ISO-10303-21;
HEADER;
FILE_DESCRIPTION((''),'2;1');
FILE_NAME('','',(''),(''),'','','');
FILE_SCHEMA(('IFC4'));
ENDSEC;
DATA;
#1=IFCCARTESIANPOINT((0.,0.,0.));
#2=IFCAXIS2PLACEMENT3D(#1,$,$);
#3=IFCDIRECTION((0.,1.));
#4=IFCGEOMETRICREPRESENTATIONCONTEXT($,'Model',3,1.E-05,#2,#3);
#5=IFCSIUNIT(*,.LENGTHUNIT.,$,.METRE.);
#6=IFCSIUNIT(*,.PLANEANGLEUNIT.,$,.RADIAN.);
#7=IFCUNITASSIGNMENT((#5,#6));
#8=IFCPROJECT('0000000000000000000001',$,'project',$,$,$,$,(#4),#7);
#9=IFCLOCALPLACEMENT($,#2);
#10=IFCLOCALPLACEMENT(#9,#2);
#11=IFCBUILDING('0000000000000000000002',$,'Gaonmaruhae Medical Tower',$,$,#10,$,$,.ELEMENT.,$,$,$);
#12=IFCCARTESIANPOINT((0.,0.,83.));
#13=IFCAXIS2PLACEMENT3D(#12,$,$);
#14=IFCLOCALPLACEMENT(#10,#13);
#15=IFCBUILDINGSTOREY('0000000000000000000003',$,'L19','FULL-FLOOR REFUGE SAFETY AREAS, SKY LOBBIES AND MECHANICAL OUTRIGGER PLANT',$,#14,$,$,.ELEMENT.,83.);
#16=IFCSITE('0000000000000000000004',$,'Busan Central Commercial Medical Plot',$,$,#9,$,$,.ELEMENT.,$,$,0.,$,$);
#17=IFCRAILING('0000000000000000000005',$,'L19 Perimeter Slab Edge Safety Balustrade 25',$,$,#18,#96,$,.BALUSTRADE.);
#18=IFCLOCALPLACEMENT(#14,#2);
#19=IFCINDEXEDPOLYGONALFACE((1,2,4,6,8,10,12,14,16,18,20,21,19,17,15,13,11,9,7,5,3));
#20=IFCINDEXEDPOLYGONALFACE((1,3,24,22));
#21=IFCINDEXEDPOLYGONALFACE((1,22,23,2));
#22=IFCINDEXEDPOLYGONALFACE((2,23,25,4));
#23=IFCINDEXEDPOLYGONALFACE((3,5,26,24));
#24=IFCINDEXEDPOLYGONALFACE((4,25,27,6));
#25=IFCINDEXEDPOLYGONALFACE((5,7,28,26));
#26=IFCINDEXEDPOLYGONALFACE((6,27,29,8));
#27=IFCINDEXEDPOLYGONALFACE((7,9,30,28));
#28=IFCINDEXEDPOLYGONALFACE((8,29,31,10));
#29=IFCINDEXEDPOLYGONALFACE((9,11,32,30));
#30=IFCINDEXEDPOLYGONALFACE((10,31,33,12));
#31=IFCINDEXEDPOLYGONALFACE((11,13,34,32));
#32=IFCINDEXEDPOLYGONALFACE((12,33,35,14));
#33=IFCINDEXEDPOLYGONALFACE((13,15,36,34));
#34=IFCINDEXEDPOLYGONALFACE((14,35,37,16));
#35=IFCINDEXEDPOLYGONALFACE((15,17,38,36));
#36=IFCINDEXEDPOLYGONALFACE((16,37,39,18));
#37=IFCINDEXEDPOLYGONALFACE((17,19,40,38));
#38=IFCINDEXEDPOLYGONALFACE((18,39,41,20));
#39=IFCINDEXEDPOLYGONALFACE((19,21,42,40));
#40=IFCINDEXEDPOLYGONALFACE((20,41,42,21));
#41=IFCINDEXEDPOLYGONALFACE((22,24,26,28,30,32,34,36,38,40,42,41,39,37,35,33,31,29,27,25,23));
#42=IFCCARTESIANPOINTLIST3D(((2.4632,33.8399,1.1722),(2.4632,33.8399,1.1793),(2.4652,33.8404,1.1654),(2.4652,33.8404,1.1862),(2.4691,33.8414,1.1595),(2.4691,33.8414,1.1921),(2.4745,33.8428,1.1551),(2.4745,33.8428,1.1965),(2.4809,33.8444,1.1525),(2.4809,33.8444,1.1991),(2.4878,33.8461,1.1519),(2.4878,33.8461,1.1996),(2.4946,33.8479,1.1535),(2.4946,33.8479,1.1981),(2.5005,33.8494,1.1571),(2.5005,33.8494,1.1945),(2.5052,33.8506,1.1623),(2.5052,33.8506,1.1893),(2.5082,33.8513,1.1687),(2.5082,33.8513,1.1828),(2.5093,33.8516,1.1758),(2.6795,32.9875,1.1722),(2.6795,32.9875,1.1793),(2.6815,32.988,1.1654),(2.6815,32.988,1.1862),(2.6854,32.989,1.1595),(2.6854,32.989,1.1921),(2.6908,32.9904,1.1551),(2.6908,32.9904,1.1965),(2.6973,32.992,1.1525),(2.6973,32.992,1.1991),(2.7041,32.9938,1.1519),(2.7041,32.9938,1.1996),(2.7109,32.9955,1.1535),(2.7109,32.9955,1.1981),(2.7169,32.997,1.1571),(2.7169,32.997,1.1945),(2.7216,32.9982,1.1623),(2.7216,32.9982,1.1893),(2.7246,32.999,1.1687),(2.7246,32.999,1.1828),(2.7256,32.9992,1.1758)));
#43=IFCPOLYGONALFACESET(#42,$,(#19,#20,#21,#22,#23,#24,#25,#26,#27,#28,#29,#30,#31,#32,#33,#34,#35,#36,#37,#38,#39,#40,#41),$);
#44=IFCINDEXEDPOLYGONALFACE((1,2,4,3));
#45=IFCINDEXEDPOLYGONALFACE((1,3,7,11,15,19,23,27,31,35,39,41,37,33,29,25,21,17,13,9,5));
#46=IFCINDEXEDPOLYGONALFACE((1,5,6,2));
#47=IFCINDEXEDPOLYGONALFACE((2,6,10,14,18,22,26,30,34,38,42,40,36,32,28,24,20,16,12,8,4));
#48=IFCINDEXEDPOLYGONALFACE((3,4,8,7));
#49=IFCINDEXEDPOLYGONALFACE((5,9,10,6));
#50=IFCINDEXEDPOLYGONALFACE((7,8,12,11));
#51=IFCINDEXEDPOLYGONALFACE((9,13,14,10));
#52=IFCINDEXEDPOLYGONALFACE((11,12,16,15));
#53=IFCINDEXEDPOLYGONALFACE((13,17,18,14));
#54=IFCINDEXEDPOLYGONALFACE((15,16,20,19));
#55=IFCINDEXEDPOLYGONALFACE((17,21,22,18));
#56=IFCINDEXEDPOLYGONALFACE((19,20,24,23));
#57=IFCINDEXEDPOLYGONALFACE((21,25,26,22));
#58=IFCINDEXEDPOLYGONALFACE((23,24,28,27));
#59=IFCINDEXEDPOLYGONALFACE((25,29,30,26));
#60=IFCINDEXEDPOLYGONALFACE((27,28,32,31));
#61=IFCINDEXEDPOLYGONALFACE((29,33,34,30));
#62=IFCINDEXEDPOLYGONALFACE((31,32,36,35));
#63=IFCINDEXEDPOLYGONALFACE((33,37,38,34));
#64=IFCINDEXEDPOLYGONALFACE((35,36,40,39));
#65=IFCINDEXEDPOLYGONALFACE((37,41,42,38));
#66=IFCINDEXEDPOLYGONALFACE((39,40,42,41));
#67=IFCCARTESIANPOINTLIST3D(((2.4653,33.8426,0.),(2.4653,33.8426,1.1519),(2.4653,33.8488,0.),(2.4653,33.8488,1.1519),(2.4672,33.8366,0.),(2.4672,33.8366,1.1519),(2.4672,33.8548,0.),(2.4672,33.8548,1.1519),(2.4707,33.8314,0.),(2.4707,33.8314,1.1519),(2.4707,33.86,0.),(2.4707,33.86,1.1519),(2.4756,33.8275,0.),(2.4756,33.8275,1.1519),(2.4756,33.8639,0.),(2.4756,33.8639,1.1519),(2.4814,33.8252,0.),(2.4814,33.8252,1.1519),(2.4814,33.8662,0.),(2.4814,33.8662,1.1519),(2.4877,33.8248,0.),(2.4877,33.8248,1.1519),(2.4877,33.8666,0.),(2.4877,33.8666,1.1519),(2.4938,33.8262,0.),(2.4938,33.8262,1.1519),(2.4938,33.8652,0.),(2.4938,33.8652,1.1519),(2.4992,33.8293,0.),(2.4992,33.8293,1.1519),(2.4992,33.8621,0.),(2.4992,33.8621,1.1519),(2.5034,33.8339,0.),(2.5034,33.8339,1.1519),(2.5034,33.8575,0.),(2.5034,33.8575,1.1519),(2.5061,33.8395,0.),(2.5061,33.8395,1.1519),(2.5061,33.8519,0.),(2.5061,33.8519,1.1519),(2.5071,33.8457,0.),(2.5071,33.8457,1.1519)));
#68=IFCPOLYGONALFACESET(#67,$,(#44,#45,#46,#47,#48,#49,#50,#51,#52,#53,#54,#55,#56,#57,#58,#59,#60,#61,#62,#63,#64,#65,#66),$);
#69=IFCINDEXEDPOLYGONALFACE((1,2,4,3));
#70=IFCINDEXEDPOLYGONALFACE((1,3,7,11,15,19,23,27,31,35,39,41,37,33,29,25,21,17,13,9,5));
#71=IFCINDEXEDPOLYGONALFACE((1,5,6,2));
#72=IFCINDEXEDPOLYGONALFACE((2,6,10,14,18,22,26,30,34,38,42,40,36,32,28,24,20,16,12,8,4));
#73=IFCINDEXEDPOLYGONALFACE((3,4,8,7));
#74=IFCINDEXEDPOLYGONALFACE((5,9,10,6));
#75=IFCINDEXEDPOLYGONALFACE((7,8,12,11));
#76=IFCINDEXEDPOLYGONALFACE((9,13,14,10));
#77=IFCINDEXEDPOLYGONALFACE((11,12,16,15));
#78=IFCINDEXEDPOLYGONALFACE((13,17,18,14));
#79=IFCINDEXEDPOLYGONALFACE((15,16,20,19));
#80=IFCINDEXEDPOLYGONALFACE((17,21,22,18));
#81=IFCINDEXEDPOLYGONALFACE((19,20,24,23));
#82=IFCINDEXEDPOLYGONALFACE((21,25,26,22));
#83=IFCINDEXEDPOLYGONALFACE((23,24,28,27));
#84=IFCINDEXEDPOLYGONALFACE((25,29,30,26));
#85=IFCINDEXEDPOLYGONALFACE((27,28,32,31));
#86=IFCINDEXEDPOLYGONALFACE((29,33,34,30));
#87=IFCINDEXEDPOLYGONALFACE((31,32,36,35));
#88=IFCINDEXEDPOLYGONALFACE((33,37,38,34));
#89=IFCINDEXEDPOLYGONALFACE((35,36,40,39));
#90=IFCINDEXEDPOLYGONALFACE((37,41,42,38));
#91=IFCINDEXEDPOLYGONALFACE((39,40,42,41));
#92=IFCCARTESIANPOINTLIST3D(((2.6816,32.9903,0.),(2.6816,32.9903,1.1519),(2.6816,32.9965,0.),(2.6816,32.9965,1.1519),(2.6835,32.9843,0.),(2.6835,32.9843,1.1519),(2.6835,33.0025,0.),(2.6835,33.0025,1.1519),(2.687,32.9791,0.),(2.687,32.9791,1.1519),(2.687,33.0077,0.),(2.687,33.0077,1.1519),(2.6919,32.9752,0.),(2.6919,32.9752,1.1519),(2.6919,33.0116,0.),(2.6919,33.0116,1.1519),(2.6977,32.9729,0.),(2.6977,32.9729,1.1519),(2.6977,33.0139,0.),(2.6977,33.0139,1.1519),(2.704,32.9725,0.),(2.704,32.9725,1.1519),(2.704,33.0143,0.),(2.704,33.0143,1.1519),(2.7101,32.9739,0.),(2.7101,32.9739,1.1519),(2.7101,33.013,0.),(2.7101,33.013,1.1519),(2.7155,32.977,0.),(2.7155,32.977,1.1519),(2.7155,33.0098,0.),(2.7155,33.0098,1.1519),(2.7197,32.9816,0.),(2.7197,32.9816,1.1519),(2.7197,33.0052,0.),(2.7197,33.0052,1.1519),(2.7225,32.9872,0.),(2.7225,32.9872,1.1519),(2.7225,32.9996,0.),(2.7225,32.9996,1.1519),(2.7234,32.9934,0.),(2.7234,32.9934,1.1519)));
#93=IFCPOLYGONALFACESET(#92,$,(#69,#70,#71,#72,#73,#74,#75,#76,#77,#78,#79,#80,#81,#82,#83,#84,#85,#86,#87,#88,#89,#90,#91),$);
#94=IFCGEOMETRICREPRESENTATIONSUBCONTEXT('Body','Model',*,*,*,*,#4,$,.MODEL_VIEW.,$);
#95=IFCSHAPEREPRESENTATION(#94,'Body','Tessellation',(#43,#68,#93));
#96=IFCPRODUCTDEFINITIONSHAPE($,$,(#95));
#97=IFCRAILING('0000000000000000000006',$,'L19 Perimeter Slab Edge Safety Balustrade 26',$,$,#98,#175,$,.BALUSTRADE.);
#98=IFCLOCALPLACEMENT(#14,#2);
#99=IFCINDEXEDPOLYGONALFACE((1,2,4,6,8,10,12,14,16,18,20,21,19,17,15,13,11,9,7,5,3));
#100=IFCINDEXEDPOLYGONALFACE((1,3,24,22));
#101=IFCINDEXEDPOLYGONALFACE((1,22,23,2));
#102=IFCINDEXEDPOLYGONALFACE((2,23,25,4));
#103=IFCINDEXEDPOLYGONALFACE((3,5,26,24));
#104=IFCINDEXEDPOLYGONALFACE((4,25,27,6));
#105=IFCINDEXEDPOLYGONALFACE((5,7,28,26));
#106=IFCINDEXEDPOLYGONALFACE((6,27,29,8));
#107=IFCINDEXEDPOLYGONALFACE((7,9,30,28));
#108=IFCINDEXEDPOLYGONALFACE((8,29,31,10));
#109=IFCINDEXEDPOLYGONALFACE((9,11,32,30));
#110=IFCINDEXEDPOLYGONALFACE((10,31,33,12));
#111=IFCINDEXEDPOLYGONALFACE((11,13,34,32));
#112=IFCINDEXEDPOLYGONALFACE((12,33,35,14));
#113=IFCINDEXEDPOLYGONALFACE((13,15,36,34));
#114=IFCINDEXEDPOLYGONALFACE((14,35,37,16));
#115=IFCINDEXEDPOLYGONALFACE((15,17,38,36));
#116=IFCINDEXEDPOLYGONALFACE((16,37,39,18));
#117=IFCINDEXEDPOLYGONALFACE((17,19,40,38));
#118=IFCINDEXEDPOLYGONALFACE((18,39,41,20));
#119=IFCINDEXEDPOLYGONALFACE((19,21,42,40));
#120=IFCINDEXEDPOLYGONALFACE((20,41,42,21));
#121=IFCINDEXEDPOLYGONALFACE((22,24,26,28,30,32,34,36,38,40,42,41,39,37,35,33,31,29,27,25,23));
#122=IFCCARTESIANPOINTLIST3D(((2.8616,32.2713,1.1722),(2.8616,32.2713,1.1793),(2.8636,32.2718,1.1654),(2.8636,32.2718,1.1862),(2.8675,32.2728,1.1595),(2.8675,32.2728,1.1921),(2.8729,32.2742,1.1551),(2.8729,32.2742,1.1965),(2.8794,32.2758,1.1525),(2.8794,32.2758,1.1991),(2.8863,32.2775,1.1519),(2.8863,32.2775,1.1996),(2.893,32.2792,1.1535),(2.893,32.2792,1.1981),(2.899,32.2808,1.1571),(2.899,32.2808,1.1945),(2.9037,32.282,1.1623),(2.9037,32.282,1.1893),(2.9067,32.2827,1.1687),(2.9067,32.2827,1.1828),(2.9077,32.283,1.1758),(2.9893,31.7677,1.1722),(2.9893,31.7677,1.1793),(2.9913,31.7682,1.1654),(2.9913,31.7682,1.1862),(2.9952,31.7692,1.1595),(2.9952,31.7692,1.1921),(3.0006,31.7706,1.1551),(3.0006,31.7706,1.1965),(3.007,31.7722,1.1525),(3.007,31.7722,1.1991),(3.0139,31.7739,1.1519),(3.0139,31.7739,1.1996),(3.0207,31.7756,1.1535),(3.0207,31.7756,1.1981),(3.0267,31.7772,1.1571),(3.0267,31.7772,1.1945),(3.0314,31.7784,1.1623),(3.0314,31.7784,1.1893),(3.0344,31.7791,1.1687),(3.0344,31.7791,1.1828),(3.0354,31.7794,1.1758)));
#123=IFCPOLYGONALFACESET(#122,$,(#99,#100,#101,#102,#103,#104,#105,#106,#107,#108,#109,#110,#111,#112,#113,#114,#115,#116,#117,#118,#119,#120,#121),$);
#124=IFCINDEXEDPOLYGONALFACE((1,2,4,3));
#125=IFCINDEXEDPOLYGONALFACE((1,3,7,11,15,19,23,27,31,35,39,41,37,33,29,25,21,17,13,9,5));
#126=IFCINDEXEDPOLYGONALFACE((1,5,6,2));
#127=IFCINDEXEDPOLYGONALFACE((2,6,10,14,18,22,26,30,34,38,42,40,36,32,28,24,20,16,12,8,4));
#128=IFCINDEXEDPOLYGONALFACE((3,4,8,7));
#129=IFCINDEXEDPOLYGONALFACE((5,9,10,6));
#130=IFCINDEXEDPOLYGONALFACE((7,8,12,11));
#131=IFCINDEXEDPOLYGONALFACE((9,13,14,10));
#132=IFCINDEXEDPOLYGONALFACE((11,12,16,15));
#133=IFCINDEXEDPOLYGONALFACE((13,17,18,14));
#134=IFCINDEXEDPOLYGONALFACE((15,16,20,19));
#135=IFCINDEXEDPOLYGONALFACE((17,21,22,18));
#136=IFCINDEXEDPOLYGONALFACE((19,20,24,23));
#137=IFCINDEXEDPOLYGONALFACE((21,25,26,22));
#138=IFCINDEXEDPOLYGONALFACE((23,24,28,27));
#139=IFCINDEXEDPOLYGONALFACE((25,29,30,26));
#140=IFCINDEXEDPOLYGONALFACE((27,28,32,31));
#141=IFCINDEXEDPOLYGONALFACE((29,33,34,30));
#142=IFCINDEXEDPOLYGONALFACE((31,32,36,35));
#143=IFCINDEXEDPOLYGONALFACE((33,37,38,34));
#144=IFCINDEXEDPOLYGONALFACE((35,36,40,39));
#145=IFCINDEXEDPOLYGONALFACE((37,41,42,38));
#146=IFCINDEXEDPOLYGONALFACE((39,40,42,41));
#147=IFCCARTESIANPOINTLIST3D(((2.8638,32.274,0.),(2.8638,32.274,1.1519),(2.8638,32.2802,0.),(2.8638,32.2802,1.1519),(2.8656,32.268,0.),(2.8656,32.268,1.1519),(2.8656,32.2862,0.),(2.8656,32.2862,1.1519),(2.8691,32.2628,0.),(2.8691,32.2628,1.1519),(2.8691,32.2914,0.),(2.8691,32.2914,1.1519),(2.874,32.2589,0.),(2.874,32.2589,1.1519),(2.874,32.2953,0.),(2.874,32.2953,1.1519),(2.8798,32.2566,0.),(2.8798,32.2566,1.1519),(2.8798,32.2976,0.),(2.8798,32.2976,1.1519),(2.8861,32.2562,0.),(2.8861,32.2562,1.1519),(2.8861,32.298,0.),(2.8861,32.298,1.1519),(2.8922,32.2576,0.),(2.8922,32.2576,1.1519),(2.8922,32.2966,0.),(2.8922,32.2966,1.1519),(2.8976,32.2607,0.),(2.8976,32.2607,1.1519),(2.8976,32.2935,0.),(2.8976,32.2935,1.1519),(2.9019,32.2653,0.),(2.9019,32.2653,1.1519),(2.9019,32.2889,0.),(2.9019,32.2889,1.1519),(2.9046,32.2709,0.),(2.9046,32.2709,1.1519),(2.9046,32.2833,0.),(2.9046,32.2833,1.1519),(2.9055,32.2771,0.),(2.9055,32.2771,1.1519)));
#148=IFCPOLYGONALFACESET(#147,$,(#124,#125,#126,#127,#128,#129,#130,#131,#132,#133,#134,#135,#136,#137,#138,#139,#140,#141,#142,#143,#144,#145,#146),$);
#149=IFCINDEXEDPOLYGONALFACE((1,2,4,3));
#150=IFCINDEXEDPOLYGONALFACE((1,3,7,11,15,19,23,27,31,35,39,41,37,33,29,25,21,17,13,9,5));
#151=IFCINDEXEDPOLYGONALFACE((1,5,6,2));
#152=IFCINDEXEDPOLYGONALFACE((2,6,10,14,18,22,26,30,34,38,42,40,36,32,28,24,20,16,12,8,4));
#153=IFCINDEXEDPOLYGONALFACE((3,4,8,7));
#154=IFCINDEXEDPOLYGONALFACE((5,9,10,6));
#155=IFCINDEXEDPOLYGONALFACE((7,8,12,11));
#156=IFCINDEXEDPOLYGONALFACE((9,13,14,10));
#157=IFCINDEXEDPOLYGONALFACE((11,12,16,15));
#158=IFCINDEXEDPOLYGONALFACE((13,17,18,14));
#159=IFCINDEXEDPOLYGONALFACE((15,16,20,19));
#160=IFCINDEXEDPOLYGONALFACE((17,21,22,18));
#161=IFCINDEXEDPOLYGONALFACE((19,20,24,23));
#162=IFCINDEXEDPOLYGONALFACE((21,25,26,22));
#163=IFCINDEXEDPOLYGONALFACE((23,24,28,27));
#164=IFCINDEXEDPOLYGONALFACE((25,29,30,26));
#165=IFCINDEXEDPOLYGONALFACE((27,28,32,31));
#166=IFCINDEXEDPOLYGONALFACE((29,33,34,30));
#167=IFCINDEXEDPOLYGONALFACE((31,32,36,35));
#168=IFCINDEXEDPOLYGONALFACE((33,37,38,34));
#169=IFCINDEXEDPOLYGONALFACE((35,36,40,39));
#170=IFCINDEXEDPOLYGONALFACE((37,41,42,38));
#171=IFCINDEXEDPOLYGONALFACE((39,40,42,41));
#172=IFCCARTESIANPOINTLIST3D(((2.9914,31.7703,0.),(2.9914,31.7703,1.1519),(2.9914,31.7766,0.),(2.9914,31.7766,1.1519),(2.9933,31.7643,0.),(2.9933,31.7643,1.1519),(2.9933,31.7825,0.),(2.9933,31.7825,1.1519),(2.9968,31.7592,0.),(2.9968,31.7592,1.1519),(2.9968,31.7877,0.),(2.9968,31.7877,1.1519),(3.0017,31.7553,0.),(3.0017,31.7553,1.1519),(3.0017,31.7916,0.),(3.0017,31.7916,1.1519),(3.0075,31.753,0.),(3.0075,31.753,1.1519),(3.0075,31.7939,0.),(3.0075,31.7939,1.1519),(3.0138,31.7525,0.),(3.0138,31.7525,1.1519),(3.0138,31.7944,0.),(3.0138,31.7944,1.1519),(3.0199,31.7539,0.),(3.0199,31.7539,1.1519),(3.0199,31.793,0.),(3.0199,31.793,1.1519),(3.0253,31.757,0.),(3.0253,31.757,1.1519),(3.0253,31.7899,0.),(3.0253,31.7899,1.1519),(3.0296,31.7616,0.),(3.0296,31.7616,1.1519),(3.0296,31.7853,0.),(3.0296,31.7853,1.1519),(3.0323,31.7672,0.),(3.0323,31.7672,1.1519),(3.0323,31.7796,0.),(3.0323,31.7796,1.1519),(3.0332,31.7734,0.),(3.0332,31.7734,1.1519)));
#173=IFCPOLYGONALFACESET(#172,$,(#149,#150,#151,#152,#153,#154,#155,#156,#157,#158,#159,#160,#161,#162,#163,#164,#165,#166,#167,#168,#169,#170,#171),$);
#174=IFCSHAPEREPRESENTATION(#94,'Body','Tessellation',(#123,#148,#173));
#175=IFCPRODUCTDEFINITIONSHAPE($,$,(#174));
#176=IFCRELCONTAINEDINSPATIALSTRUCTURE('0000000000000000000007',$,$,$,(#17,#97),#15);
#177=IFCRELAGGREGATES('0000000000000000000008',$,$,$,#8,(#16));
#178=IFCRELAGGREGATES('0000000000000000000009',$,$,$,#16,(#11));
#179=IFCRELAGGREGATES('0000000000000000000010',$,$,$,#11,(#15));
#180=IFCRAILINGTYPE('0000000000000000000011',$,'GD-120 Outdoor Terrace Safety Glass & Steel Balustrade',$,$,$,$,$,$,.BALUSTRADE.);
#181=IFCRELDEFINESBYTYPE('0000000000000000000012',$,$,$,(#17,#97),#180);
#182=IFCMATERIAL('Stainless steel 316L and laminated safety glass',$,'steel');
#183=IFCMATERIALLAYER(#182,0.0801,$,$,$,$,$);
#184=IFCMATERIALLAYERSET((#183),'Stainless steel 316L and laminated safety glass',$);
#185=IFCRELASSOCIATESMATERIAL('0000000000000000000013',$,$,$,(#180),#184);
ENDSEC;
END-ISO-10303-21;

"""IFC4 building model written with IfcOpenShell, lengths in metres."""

from ifc_helpers import new_model, si_unit, direction, frame, origin, origin_2d, place, context, subcontext, project, spatial, circle, extrude, material, layer, layer_set, type_object, element, save


model = new_model("IFC4")

# Units and contexts
model_context = context("Model", 3, precision=1e-05, world=origin(), true_north=direction((0.0, 1.0)))
body_context = subcontext(model_context, "Body", "Model", "MODEL_VIEW")
ifc_project = project(units=[si_unit("LENGTHUNIT", "METRE"), si_unit("PLANEANGLEUNIT", "RADIAN")], contexts=[model_context])

# Site, building, storey
site_placement = place(None, origin())
site = spatial("IfcSite", under=ifc_project, at=site_placement, Name="Busan Central Commercial Medical Plot", CompositionType="ELEMENT", RefElevation=0.0)
building_placement = place(site_placement, origin())
building = spatial("IfcBuilding", under=site, at=building_placement, Name="Gaonmaruhae Medical Tower", CompositionType="ELEMENT")
storey_placement = place(building_placement, frame((0.0, 0.0, 83.0)))
storey = spatial("IfcBuildingStorey", under=building, at=storey_placement, Name="L19", Description="FULL-FLOOR REFUGE SAFETY AREAS, SKY LOBBIES AND MECHANICAL OUTRIGGER PLANT", CompositionType="ELEMENT", Elevation=83.0)

# Railings
ifc_material_1 = material(Name="Stainless steel 316L and laminated safety glass", Category="steel")
ifc_layer_1 = layer(ifc_material_1, 0.0801)
ifc_layer_set_1 = layer_set([ifc_layer_1], Name="Stainless steel 316L and laminated safety glass")
railing_type = type_object("IfcRailingType", Name="GD-120 Outdoor Terrace Safety Glass & Steel Balustrade", PredefinedType="BALUSTRADE", material=ifc_layer_set_1)
railing_1_placement = place(storey_placement, frame((2.4861, 33.8457, 0.0)))
element("IfcRailing", 1, at=railing_1_placement, inside=storey, type_object=railing_type, Name="L19 Perimeter Slab Edge Safety Balustrade 25", PredefinedType="BALUSTRADE", context=body_context, shape_type="SweptSolid", body=[
    extrude(circle(Radius=0.0239, at=origin_2d()), frame((0.0, 0.0, 1.1758), z_axis=(0.245997, -0.969271, 0.0), x_axis=(0.969271, 0.245997, 0.0)), (0.0, 0.0, 1.0), 0.8794),
    extrude(circle(Radius=0.021, at=origin_2d()), origin(), (0.0, 0.0, 1.0), 1.1519),
    extrude(circle(Radius=0.021, at=origin_2d()), frame((0.2163, -0.8523, 0.0)), (0.0, 0.0, 1.0), 1.1519),
])
railing_2_placement = place(storey_placement, frame((2.8845, 32.2771, 0.0)))
element("IfcRailing", 2, at=railing_2_placement, inside=storey, type_object=railing_type, Name="L19 Perimeter Slab Edge Safety Balustrade 26", PredefinedType="BALUSTRADE", context=body_context, shape_type="SweptSolid", body=[
    extrude(circle(Radius=0.0239, at=origin_2d()), frame((0.0, 0.0, 1.1758), z_axis=(0.24574, -0.969336, 0.0), x_axis=(0.969336, 0.24574, 0.0)), (0.0, 0.0, 1.0), 0.5195),
    extrude(circle(Radius=0.021, at=origin_2d()), origin(), (0.0, 0.0, 1.0), 1.1519),
    extrude(circle(Radius=0.021, at=origin_2d()), frame((0.1277, -0.5037, 0.0)), (0.0, 0.0, 1.0), 1.1519),
])

save(model, "model.ifc")
